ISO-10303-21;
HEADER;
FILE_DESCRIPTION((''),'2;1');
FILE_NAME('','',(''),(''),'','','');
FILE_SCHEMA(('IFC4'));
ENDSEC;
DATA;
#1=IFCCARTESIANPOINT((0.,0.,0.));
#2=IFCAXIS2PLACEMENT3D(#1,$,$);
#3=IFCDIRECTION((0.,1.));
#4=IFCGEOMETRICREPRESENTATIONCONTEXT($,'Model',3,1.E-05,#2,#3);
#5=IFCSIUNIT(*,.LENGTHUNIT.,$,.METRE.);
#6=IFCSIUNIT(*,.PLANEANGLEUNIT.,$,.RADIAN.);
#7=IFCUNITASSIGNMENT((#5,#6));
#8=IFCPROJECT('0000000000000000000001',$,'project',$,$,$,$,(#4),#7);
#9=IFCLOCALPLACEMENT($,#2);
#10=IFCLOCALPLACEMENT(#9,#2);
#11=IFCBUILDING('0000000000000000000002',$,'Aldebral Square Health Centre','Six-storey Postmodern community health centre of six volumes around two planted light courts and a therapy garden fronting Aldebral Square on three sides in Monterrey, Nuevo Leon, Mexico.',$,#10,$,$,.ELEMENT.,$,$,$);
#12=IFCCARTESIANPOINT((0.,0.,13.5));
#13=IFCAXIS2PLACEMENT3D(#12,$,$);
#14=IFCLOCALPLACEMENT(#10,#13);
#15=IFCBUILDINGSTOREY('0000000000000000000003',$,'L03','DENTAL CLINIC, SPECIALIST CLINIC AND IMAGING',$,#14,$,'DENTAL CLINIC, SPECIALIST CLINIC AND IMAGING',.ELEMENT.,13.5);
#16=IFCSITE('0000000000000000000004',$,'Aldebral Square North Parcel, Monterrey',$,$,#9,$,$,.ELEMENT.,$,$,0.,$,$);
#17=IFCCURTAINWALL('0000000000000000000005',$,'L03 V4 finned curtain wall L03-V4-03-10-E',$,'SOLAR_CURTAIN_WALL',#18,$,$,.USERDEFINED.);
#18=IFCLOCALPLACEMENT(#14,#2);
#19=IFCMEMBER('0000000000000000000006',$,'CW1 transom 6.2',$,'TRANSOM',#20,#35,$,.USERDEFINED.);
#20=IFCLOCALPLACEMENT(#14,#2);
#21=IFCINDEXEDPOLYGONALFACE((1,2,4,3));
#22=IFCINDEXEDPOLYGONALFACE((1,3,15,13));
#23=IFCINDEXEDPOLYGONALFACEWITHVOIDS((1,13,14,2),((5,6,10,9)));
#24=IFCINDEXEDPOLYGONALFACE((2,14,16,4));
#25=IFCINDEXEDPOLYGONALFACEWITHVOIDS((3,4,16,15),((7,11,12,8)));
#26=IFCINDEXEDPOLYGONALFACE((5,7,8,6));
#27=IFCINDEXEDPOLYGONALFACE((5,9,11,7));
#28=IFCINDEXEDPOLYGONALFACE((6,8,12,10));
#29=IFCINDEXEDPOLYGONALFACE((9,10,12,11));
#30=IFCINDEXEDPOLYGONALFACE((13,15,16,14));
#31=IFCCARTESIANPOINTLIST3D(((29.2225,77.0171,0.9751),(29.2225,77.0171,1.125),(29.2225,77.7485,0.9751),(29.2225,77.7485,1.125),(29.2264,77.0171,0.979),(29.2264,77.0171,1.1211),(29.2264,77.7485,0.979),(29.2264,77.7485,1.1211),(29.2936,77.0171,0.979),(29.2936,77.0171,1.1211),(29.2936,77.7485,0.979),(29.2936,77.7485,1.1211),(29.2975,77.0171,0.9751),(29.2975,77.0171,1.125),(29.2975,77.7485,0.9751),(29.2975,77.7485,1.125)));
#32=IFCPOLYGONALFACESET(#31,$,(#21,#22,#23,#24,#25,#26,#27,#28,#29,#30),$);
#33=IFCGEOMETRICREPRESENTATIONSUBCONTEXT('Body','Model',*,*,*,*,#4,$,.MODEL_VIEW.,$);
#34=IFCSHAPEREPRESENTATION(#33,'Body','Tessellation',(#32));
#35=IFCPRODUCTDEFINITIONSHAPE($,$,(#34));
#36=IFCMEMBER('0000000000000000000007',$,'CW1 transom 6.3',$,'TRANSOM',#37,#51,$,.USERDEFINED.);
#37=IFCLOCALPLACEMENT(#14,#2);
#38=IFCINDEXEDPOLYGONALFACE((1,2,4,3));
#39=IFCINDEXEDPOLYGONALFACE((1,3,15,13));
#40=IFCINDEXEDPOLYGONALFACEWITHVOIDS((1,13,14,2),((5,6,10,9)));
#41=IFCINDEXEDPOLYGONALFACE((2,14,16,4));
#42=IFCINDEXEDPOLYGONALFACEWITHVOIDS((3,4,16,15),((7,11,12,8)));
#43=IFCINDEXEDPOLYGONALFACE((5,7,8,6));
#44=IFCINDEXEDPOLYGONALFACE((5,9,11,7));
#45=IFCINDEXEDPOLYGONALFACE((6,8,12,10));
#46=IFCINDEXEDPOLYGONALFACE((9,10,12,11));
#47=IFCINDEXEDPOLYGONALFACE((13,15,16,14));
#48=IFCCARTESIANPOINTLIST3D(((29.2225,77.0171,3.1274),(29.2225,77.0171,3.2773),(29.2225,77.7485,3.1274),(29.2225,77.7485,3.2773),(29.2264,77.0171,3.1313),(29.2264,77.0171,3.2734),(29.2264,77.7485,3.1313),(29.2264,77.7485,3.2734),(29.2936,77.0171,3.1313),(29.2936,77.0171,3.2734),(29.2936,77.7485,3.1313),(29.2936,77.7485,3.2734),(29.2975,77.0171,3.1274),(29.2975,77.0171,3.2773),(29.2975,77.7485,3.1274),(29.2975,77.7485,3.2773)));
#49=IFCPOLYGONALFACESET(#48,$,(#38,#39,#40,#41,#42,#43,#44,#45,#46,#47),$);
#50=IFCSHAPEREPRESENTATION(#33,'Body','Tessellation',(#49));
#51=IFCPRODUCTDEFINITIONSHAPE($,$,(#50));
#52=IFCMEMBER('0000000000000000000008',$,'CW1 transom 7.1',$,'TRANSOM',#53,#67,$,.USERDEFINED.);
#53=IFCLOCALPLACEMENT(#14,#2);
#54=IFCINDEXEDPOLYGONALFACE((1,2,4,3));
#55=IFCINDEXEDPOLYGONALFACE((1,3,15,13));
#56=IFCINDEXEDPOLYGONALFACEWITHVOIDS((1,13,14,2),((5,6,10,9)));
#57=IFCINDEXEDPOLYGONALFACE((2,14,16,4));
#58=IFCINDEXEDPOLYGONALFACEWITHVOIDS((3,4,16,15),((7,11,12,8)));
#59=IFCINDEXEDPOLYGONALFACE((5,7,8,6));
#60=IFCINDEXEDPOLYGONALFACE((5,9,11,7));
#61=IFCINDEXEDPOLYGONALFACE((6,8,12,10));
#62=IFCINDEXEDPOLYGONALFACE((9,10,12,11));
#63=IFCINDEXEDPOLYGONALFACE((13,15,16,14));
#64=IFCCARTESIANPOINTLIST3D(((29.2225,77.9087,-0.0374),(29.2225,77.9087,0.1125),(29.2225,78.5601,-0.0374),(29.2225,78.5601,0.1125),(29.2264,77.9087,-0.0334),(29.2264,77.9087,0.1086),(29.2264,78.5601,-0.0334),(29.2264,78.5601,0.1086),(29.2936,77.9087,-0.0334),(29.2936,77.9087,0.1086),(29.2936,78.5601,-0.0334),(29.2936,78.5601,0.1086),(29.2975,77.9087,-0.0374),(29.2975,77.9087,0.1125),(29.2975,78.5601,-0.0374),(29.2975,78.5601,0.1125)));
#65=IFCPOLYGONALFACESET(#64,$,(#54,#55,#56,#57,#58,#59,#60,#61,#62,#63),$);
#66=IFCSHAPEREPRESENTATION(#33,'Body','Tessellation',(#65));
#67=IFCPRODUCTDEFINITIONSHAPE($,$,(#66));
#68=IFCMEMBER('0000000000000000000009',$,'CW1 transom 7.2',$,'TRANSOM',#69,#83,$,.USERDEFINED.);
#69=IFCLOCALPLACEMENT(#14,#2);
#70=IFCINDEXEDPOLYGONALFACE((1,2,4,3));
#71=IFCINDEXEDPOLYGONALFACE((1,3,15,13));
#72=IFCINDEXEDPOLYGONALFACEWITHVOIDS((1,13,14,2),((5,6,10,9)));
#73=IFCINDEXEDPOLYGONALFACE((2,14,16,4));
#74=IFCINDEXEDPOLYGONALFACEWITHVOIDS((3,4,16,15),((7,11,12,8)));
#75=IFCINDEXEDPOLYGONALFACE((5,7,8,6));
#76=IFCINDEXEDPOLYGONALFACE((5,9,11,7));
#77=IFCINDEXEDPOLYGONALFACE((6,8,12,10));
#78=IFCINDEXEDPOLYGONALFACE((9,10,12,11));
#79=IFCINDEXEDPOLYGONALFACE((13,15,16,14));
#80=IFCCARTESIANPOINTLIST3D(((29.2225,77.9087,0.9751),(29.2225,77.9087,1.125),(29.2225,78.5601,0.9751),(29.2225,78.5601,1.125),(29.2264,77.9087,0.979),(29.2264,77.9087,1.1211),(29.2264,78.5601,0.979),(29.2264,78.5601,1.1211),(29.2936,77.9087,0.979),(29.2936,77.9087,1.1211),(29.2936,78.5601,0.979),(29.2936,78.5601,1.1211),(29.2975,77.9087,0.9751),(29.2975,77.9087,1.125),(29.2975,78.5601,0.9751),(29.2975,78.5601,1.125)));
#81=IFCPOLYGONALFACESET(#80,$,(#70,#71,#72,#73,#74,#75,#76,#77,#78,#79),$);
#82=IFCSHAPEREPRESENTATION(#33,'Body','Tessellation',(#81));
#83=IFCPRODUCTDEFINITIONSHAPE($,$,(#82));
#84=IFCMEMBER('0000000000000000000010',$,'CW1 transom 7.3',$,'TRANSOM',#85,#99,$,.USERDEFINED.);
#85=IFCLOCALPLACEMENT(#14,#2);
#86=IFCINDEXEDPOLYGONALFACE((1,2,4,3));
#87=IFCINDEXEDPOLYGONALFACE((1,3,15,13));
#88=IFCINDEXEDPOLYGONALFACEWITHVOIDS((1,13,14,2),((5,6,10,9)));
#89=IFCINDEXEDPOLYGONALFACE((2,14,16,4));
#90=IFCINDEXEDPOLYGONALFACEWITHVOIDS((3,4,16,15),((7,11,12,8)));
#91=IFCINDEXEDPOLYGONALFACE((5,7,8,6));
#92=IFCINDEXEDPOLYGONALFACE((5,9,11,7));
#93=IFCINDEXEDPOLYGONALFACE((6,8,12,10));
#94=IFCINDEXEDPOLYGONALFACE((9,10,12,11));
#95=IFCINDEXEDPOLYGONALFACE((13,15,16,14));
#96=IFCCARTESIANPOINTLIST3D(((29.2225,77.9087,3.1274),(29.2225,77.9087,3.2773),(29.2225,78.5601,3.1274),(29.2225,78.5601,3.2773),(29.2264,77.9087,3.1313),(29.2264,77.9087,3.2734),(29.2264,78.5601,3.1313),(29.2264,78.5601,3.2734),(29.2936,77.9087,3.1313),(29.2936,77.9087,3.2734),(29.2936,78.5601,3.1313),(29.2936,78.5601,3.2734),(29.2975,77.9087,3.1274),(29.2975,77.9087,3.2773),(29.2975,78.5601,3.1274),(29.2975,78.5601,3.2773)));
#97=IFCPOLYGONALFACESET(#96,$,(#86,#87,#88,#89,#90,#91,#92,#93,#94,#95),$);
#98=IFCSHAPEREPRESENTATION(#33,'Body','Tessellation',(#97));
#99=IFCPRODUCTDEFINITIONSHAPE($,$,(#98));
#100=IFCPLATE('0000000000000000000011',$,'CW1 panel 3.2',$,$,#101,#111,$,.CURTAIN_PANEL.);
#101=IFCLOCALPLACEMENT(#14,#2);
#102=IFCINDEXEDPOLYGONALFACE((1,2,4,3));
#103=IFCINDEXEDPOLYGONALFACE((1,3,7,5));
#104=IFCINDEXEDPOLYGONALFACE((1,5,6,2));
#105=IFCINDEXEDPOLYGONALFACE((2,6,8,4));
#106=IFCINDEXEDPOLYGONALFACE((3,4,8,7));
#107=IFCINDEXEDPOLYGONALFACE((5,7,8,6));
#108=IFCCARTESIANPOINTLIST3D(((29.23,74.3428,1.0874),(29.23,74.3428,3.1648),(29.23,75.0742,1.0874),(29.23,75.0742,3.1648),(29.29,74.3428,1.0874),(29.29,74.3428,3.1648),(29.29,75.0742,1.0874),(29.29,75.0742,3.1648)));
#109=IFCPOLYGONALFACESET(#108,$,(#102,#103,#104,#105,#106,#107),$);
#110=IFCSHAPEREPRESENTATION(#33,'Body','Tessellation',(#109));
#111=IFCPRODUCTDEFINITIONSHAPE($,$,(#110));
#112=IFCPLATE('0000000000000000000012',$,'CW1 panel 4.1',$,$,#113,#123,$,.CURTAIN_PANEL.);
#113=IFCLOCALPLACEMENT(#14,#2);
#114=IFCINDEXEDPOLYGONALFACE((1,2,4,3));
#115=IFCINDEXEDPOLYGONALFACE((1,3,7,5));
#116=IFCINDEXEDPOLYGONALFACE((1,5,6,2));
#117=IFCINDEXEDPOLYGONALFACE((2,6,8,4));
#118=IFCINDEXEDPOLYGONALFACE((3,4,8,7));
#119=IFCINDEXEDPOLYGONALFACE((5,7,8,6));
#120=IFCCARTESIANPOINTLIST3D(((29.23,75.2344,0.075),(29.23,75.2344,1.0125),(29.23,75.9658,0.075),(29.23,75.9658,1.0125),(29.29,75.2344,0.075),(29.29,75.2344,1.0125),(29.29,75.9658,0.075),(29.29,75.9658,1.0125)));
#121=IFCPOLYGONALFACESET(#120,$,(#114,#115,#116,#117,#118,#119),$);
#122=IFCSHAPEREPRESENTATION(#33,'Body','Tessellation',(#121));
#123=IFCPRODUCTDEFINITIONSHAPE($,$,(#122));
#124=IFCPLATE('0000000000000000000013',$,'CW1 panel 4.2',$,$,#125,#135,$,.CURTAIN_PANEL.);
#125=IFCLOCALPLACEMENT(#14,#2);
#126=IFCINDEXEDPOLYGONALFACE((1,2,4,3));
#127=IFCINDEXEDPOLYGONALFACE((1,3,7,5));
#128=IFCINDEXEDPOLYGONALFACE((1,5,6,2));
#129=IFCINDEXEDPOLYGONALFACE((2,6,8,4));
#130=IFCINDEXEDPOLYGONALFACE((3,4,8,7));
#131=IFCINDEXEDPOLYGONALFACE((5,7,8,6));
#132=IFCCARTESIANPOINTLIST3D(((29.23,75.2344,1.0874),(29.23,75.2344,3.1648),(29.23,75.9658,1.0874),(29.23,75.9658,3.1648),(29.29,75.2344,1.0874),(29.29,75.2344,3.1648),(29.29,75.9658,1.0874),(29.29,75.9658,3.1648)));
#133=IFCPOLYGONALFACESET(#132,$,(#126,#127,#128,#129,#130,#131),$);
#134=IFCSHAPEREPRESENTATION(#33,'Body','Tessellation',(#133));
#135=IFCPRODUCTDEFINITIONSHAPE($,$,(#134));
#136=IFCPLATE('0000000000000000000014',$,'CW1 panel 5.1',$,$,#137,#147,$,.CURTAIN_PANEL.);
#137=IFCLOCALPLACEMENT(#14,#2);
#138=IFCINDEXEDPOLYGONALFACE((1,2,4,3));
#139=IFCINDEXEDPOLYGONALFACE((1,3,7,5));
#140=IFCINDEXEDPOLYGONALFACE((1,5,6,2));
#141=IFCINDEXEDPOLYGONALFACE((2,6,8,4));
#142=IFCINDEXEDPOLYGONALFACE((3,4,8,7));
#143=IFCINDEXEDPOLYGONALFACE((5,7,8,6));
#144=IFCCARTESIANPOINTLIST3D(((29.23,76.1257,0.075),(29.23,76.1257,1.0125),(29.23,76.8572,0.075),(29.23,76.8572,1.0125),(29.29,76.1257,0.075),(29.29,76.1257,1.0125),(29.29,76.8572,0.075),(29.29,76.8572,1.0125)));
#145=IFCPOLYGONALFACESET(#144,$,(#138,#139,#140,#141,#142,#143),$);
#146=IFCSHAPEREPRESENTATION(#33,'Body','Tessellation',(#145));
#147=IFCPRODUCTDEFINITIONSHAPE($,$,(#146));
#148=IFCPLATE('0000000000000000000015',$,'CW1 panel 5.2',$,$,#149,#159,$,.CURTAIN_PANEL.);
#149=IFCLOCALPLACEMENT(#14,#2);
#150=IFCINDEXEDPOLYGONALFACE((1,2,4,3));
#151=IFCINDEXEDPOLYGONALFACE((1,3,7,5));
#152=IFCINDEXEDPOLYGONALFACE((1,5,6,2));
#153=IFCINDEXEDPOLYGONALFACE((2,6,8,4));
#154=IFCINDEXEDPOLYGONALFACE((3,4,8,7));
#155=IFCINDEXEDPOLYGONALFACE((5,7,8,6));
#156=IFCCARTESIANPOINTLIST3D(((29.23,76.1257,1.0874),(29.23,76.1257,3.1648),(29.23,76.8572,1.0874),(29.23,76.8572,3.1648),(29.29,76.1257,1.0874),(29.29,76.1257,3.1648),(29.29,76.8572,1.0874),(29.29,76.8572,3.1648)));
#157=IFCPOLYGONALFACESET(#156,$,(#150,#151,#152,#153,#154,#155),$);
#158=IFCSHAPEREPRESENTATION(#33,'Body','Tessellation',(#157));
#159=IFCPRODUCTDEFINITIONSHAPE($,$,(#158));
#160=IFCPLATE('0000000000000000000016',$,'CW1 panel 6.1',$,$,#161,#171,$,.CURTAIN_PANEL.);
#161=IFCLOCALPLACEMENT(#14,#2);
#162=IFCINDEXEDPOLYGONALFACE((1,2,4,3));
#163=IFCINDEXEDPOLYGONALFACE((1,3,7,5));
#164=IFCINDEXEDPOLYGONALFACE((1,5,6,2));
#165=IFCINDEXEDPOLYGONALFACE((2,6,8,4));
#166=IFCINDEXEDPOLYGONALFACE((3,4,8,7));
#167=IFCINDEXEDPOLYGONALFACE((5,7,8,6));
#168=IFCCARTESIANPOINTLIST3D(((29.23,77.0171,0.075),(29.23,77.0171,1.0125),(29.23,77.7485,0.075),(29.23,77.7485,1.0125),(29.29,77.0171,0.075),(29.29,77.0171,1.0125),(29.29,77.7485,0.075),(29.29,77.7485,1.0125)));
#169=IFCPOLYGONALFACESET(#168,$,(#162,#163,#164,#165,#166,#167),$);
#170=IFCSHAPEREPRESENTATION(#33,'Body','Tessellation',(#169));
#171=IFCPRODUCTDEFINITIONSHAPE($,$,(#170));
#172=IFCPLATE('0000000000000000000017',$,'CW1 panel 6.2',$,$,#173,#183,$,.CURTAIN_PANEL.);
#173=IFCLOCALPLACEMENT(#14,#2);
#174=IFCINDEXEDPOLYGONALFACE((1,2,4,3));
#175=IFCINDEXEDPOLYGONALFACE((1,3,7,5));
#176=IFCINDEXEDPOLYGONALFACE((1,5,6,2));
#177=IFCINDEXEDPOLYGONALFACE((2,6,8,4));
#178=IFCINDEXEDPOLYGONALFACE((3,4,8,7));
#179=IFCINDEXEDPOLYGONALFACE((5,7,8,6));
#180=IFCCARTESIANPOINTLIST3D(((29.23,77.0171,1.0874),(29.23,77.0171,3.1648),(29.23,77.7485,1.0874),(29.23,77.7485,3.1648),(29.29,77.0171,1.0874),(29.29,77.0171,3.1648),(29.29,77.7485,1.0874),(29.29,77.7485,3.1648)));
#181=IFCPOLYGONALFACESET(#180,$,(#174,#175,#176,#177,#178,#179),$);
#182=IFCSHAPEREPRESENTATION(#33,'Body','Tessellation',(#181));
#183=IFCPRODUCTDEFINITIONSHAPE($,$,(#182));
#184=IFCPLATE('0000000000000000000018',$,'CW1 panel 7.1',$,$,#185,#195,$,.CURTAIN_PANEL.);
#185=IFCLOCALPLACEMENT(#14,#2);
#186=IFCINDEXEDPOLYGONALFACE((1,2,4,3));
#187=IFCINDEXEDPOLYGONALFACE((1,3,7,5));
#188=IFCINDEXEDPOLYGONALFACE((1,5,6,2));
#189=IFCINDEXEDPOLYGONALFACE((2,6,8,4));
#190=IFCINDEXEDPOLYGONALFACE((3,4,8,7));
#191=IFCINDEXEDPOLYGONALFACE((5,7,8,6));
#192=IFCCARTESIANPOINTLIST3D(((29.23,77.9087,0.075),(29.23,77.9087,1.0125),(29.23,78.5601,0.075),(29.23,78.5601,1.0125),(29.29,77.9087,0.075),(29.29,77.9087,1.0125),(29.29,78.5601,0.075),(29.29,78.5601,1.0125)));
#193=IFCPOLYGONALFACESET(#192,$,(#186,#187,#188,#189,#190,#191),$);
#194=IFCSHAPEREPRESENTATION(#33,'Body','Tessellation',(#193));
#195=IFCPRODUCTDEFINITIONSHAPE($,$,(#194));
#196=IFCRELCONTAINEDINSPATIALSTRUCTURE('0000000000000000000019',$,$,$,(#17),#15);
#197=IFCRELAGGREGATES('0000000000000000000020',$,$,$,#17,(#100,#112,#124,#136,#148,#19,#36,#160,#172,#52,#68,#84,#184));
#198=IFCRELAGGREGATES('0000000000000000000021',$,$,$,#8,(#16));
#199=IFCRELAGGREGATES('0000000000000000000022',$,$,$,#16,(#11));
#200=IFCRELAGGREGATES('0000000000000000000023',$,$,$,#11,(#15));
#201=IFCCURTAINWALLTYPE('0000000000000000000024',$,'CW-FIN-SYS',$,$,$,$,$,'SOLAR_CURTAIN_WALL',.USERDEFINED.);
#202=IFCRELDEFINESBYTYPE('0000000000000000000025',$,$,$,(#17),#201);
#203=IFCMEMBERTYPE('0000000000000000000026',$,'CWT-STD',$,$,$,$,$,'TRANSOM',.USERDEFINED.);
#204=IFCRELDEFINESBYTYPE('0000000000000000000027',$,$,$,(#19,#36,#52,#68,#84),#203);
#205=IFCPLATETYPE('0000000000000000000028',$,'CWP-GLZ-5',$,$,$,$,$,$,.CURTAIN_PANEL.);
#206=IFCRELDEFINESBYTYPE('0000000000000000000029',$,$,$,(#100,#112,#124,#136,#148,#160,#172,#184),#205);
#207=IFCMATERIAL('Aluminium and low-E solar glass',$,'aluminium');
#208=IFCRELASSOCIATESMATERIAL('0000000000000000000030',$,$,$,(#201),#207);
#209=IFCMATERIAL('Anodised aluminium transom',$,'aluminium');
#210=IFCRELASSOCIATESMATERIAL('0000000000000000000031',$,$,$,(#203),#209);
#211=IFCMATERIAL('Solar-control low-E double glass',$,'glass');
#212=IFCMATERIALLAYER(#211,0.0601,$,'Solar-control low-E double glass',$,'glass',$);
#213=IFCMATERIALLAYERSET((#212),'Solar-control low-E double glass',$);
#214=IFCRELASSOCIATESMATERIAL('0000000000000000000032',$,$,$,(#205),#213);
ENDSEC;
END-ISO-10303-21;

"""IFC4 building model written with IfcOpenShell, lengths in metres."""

from ifc_helpers import new_model, si_unit, direction, frame, origin, origin_2d, place, context, subcontext, project, spatial, rectangle, hollow_rectangle, extrude, material, layer, layer_set, material_profile, profile_set, type_object, element, aggregate, save


model = new_model("IFC4")

# Units and contexts
model_context = context("Model", 3, precision=1e-05, world=origin(), true_north=direction((0.0, 1.0)))
body_context = subcontext(model_context, "Body", "Model", "MODEL_VIEW")
ifc_project = project(units=[si_unit("LENGTHUNIT", "METRE"), si_unit("PLANEANGLEUNIT", "RADIAN")], contexts=[model_context])

# Site, building, storey
site_placement = place(None, origin())
site = spatial("IfcSite", under=ifc_project, at=site_placement, Name="Aldebral Square North Parcel, Monterrey", CompositionType="ELEMENT", RefElevation=0.0)
building_placement = place(site_placement, origin())
building = spatial("IfcBuilding", under=site, at=building_placement, Name="Aldebral Square Health Centre", Description="Six-storey Postmodern community health centre of six volumes around two planted light courts and a therapy garden fronting Aldebral Square on three sides in Monterrey, Nuevo Leon, Mexico.", CompositionType="ELEMENT")
storey_placement = place(building_placement, frame((0.0, 0.0, 13.5)))
storey = spatial("IfcBuildingStorey", under=building, at=storey_placement, Name="L03", Description="DENTAL CLINIC, SPECIALIST CLINIC AND IMAGING", LongName="DENTAL CLINIC, SPECIALIST CLINIC AND IMAGING", CompositionType="ELEMENT", Elevation=13.5)

# Curtain wall, members, plates
ifc_material_1 = material(Name="Aluminium and low-E solar glass", Category="aluminium")
curtain_wall_type = type_object("IfcCurtainWallType", Name="CW-FIN-SYS", ElementType="SOLAR_CURTAIN_WALL", PredefinedType="USERDEFINED", material=ifc_material_1)
curtain_wall_placement = place(storey_placement, origin())
curtain_wall = element("IfcCurtainWall", 1, at=curtain_wall_placement, inside=storey, type_object=curtain_wall_type, Name="L03 V4 finned curtain wall L03-V4-03-10-E", ObjectType="SOLAR_CURTAIN_WALL", PredefinedType="USERDEFINED")
ifc_material_2 = material(Name="Anodised aluminium transom", Category="aluminium")
ifc_material_profile_1 = material_profile(ifc_material_2, hollow_rectangle(XDim=0.075, YDim=0.1499, WallThickness=0.0039, at=origin_2d()), Name="CWT 75x150x4")
ifc_profile_set_1 = profile_set([ifc_material_profile_1], Name="Anodised aluminium transom")
member_type_1 = type_object("IfcMemberType", Name="CWT-STD", ElementType="TRANSOM", PredefinedType="USERDEFINED", material=ifc_profile_set_1)
member_1_placement = place(storey_placement, frame((29.26, 77.0171, 1.05), z_axis=(0.0, 1.0, 0.0), x_axis=(-1.0, 0.0, 0.0)))
member_1 = element("IfcMember", 2, at=member_1_placement, type_object=member_type_1, Name="CW1 transom 6.2", ObjectType="TRANSOM", PredefinedType="USERDEFINED", context=body_context, shape_type="SweptSolid", body=[
    extrude(hollow_rectangle(XDim=0.075, YDim=0.1499, WallThickness=0.0039, at=origin_2d()), origin(), (0.0, 0.0, 1.0), 0.7314),
])
member_2_placement = place(storey_placement, frame((29.26, 77.0171, 3.2024), z_axis=(0.0, 1.0, 0.0), x_axis=(-1.0, 0.0, 0.0)))
member_2 = element("IfcMember", 3, at=member_2_placement, type_object=member_type_1, Name="CW1 transom 6.3", ObjectType="TRANSOM", PredefinedType="USERDEFINED", context=body_context, shape_type="SweptSolid", body=[
    extrude(hollow_rectangle(XDim=0.075, YDim=0.1499, WallThickness=0.0039, at=origin_2d()), origin(), (0.0, 0.0, 1.0), 0.7314),
])
member_3_placement = place(storey_placement, frame((29.26, 77.9087, 0.0376), z_axis=(0.0, 1.0, 0.0), x_axis=(-1.0, 0.0, 0.0)))
member_3 = element("IfcMember", 4, at=member_3_placement, type_object=member_type_1, Name="CW1 transom 7.1", ObjectType="TRANSOM", PredefinedType="USERDEFINED", context=body_context, shape_type="SweptSolid", body=[
    extrude(hollow_rectangle(XDim=0.075, YDim=0.1499, WallThickness=0.0039, at=origin_2d()), origin(), (0.0, 0.0, 1.0), 0.6514),
])
member_4_placement = place(storey_placement, frame((29.26, 77.9087, 1.05), z_axis=(0.0, 1.0, 0.0), x_axis=(-1.0, 0.0, 0.0)))
member_4 = element("IfcMember", 5, at=member_4_placement, type_object=member_type_1, Name="CW1 transom 7.2", ObjectType="TRANSOM", PredefinedType="USERDEFINED", context=body_context, shape_type="SweptSolid", body=[
    extrude(hollow_rectangle(XDim=0.075, YDim=0.1499, WallThickness=0.0039, at=origin_2d()), origin(), (0.0, 0.0, 1.0), 0.6514),
])
member_5_placement = place(storey_placement, frame((29.26, 77.9087, 3.2024), z_axis=(0.0, 1.0, 0.0), x_axis=(-1.0, 0.0, 0.0)))
member_5 = element("IfcMember", 6, at=member_5_placement, type_object=member_type_1, Name="CW1 transom 7.3", ObjectType="TRANSOM", PredefinedType="USERDEFINED", context=body_context, shape_type="SweptSolid", body=[
    extrude(hollow_rectangle(XDim=0.075, YDim=0.1499, WallThickness=0.0039, at=origin_2d()), origin(), (0.0, 0.0, 1.0), 0.6514),
])
ifc_material_3 = material(Name="Solar-control low-E double glass", Category="glass")
ifc_layer = layer(ifc_material_3, 0.0601, Name="Solar-control low-E double glass", Category="glass")
ifc_layer_set = layer_set([ifc_layer], Name="Solar-control low-E double glass")
plate_type = type_object("IfcPlateType", Name="CWP-GLZ-5", PredefinedType="CURTAIN_PANEL", material=ifc_layer_set)
plate_1_placement = place(storey_placement, frame((29.26, 74.7085, 1.0874), z_axis=(0.0, 0.0, 1.0), x_axis=(0.0, 1.0, 0.0)))
plate_1 = element("IfcPlate", 7, at=plate_1_placement, type_object=plate_type, Name="CW1 panel 3.2", PredefinedType="CURTAIN_PANEL", context=body_context, shape_type="SweptSolid", body=[
    extrude(rectangle(XDim=0.7314, YDim=0.0601, at=origin_2d()), origin(), (0.0, 0.0, 1.0), 2.0774),
])
plate_2_placement = place(storey_placement, frame((29.26, 75.6001, 0.075), z_axis=(0.0, 0.0, 1.0), x_axis=(0.0, 1.0, 0.0)))
plate_2 = element("IfcPlate", 8, at=plate_2_placement, type_object=plate_type, Name="CW1 panel 4.1", PredefinedType="CURTAIN_PANEL", context=body_context, shape_type="SweptSolid", body=[
    extrude(rectangle(XDim=0.7314, YDim=0.0601, at=origin_2d()), origin(), (0.0, 0.0, 1.0), 0.9375),
])
plate_3_placement = place(storey_placement, frame((29.26, 75.6001, 1.0874), z_axis=(0.0, 0.0, 1.0), x_axis=(0.0, 1.0, 0.0)))
plate_3 = element("IfcPlate", 9, at=plate_3_placement, type_object=plate_type, Name="CW1 panel 4.2", PredefinedType="CURTAIN_PANEL", context=body_context, shape_type="SweptSolid", body=[
    extrude(rectangle(XDim=0.7314, YDim=0.0601, at=origin_2d()), origin(), (0.0, 0.0, 1.0), 2.0774),
])
plate_4_placement = place(storey_placement, frame((29.26, 76.4915, 0.075), z_axis=(0.0, 0.0, 1.0), x_axis=(0.0, 1.0, 0.0)))
plate_4 = element("IfcPlate", 10, at=plate_4_placement, type_object=plate_type, Name="CW1 panel 5.1", PredefinedType="CURTAIN_PANEL", context=body_context, shape_type="SweptSolid", body=[
    extrude(rectangle(XDim=0.7314, YDim=0.0601, at=origin_2d()), origin(), (0.0, 0.0, 1.0), 0.9375),
])
plate_5_placement = place(storey_placement, frame((29.26, 76.4915, 1.0874), z_axis=(0.0, 0.0, 1.0), x_axis=(0.0, 1.0, 0.0)))
plate_5 = element("IfcPlate", 11, at=plate_5_placement, type_object=plate_type, Name="CW1 panel 5.2", PredefinedType="CURTAIN_PANEL", context=body_context, shape_type="SweptSolid", body=[
    extrude(rectangle(XDim=0.7314, YDim=0.0601, at=origin_2d()), origin(), (0.0, 0.0, 1.0), 2.0774),
])
plate_6_placement = place(storey_placement, frame((29.26, 77.3828, 0.075), z_axis=(0.0, 0.0, 1.0), x_axis=(0.0, 1.0, 0.0)))
plate_6 = element("IfcPlate", 12, at=plate_6_placement, type_object=plate_type, Name="CW1 panel 6.1", PredefinedType="CURTAIN_PANEL", context=body_context, shape_type="SweptSolid", body=[
    extrude(rectangle(XDim=0.7314, YDim=0.0601, at=origin_2d()), origin(), (0.0, 0.0, 1.0), 0.9375),
])
plate_7_placement = place(storey_placement, frame((29.26, 77.3828, 1.0874), z_axis=(0.0, 0.0, 1.0), x_axis=(0.0, 1.0, 0.0)))
plate_7 = element("IfcPlate", 13, at=plate_7_placement, type_object=plate_type, Name="CW1 panel 6.2", PredefinedType="CURTAIN_PANEL", context=body_context, shape_type="SweptSolid", body=[
    extrude(rectangle(XDim=0.7314, YDim=0.0601, at=origin_2d()), origin(), (0.0, 0.0, 1.0), 2.0774),
])
plate_8_placement = place(storey_placement, frame((29.26, 78.2344, 0.075), z_axis=(0.0, 0.0, 1.0), x_axis=(0.0, 1.0, 0.0)))
plate_8 = element("IfcPlate", 14, at=plate_8_placement, type_object=plate_type, Name="CW1 panel 7.1", PredefinedType="CURTAIN_PANEL", context=body_context, shape_type="SweptSolid", body=[
    extrude(rectangle(XDim=0.6514, YDim=0.0601, at=origin_2d()), origin(), (0.0, 0.0, 1.0), 0.9375),
])
aggregate(curtain_wall, [plate_1, plate_2, plate_3, plate_4, plate_5, member_1, member_2, plate_6, plate_7, member_3, member_4, member_5, plate_8])

save(model, "model.ifc")
